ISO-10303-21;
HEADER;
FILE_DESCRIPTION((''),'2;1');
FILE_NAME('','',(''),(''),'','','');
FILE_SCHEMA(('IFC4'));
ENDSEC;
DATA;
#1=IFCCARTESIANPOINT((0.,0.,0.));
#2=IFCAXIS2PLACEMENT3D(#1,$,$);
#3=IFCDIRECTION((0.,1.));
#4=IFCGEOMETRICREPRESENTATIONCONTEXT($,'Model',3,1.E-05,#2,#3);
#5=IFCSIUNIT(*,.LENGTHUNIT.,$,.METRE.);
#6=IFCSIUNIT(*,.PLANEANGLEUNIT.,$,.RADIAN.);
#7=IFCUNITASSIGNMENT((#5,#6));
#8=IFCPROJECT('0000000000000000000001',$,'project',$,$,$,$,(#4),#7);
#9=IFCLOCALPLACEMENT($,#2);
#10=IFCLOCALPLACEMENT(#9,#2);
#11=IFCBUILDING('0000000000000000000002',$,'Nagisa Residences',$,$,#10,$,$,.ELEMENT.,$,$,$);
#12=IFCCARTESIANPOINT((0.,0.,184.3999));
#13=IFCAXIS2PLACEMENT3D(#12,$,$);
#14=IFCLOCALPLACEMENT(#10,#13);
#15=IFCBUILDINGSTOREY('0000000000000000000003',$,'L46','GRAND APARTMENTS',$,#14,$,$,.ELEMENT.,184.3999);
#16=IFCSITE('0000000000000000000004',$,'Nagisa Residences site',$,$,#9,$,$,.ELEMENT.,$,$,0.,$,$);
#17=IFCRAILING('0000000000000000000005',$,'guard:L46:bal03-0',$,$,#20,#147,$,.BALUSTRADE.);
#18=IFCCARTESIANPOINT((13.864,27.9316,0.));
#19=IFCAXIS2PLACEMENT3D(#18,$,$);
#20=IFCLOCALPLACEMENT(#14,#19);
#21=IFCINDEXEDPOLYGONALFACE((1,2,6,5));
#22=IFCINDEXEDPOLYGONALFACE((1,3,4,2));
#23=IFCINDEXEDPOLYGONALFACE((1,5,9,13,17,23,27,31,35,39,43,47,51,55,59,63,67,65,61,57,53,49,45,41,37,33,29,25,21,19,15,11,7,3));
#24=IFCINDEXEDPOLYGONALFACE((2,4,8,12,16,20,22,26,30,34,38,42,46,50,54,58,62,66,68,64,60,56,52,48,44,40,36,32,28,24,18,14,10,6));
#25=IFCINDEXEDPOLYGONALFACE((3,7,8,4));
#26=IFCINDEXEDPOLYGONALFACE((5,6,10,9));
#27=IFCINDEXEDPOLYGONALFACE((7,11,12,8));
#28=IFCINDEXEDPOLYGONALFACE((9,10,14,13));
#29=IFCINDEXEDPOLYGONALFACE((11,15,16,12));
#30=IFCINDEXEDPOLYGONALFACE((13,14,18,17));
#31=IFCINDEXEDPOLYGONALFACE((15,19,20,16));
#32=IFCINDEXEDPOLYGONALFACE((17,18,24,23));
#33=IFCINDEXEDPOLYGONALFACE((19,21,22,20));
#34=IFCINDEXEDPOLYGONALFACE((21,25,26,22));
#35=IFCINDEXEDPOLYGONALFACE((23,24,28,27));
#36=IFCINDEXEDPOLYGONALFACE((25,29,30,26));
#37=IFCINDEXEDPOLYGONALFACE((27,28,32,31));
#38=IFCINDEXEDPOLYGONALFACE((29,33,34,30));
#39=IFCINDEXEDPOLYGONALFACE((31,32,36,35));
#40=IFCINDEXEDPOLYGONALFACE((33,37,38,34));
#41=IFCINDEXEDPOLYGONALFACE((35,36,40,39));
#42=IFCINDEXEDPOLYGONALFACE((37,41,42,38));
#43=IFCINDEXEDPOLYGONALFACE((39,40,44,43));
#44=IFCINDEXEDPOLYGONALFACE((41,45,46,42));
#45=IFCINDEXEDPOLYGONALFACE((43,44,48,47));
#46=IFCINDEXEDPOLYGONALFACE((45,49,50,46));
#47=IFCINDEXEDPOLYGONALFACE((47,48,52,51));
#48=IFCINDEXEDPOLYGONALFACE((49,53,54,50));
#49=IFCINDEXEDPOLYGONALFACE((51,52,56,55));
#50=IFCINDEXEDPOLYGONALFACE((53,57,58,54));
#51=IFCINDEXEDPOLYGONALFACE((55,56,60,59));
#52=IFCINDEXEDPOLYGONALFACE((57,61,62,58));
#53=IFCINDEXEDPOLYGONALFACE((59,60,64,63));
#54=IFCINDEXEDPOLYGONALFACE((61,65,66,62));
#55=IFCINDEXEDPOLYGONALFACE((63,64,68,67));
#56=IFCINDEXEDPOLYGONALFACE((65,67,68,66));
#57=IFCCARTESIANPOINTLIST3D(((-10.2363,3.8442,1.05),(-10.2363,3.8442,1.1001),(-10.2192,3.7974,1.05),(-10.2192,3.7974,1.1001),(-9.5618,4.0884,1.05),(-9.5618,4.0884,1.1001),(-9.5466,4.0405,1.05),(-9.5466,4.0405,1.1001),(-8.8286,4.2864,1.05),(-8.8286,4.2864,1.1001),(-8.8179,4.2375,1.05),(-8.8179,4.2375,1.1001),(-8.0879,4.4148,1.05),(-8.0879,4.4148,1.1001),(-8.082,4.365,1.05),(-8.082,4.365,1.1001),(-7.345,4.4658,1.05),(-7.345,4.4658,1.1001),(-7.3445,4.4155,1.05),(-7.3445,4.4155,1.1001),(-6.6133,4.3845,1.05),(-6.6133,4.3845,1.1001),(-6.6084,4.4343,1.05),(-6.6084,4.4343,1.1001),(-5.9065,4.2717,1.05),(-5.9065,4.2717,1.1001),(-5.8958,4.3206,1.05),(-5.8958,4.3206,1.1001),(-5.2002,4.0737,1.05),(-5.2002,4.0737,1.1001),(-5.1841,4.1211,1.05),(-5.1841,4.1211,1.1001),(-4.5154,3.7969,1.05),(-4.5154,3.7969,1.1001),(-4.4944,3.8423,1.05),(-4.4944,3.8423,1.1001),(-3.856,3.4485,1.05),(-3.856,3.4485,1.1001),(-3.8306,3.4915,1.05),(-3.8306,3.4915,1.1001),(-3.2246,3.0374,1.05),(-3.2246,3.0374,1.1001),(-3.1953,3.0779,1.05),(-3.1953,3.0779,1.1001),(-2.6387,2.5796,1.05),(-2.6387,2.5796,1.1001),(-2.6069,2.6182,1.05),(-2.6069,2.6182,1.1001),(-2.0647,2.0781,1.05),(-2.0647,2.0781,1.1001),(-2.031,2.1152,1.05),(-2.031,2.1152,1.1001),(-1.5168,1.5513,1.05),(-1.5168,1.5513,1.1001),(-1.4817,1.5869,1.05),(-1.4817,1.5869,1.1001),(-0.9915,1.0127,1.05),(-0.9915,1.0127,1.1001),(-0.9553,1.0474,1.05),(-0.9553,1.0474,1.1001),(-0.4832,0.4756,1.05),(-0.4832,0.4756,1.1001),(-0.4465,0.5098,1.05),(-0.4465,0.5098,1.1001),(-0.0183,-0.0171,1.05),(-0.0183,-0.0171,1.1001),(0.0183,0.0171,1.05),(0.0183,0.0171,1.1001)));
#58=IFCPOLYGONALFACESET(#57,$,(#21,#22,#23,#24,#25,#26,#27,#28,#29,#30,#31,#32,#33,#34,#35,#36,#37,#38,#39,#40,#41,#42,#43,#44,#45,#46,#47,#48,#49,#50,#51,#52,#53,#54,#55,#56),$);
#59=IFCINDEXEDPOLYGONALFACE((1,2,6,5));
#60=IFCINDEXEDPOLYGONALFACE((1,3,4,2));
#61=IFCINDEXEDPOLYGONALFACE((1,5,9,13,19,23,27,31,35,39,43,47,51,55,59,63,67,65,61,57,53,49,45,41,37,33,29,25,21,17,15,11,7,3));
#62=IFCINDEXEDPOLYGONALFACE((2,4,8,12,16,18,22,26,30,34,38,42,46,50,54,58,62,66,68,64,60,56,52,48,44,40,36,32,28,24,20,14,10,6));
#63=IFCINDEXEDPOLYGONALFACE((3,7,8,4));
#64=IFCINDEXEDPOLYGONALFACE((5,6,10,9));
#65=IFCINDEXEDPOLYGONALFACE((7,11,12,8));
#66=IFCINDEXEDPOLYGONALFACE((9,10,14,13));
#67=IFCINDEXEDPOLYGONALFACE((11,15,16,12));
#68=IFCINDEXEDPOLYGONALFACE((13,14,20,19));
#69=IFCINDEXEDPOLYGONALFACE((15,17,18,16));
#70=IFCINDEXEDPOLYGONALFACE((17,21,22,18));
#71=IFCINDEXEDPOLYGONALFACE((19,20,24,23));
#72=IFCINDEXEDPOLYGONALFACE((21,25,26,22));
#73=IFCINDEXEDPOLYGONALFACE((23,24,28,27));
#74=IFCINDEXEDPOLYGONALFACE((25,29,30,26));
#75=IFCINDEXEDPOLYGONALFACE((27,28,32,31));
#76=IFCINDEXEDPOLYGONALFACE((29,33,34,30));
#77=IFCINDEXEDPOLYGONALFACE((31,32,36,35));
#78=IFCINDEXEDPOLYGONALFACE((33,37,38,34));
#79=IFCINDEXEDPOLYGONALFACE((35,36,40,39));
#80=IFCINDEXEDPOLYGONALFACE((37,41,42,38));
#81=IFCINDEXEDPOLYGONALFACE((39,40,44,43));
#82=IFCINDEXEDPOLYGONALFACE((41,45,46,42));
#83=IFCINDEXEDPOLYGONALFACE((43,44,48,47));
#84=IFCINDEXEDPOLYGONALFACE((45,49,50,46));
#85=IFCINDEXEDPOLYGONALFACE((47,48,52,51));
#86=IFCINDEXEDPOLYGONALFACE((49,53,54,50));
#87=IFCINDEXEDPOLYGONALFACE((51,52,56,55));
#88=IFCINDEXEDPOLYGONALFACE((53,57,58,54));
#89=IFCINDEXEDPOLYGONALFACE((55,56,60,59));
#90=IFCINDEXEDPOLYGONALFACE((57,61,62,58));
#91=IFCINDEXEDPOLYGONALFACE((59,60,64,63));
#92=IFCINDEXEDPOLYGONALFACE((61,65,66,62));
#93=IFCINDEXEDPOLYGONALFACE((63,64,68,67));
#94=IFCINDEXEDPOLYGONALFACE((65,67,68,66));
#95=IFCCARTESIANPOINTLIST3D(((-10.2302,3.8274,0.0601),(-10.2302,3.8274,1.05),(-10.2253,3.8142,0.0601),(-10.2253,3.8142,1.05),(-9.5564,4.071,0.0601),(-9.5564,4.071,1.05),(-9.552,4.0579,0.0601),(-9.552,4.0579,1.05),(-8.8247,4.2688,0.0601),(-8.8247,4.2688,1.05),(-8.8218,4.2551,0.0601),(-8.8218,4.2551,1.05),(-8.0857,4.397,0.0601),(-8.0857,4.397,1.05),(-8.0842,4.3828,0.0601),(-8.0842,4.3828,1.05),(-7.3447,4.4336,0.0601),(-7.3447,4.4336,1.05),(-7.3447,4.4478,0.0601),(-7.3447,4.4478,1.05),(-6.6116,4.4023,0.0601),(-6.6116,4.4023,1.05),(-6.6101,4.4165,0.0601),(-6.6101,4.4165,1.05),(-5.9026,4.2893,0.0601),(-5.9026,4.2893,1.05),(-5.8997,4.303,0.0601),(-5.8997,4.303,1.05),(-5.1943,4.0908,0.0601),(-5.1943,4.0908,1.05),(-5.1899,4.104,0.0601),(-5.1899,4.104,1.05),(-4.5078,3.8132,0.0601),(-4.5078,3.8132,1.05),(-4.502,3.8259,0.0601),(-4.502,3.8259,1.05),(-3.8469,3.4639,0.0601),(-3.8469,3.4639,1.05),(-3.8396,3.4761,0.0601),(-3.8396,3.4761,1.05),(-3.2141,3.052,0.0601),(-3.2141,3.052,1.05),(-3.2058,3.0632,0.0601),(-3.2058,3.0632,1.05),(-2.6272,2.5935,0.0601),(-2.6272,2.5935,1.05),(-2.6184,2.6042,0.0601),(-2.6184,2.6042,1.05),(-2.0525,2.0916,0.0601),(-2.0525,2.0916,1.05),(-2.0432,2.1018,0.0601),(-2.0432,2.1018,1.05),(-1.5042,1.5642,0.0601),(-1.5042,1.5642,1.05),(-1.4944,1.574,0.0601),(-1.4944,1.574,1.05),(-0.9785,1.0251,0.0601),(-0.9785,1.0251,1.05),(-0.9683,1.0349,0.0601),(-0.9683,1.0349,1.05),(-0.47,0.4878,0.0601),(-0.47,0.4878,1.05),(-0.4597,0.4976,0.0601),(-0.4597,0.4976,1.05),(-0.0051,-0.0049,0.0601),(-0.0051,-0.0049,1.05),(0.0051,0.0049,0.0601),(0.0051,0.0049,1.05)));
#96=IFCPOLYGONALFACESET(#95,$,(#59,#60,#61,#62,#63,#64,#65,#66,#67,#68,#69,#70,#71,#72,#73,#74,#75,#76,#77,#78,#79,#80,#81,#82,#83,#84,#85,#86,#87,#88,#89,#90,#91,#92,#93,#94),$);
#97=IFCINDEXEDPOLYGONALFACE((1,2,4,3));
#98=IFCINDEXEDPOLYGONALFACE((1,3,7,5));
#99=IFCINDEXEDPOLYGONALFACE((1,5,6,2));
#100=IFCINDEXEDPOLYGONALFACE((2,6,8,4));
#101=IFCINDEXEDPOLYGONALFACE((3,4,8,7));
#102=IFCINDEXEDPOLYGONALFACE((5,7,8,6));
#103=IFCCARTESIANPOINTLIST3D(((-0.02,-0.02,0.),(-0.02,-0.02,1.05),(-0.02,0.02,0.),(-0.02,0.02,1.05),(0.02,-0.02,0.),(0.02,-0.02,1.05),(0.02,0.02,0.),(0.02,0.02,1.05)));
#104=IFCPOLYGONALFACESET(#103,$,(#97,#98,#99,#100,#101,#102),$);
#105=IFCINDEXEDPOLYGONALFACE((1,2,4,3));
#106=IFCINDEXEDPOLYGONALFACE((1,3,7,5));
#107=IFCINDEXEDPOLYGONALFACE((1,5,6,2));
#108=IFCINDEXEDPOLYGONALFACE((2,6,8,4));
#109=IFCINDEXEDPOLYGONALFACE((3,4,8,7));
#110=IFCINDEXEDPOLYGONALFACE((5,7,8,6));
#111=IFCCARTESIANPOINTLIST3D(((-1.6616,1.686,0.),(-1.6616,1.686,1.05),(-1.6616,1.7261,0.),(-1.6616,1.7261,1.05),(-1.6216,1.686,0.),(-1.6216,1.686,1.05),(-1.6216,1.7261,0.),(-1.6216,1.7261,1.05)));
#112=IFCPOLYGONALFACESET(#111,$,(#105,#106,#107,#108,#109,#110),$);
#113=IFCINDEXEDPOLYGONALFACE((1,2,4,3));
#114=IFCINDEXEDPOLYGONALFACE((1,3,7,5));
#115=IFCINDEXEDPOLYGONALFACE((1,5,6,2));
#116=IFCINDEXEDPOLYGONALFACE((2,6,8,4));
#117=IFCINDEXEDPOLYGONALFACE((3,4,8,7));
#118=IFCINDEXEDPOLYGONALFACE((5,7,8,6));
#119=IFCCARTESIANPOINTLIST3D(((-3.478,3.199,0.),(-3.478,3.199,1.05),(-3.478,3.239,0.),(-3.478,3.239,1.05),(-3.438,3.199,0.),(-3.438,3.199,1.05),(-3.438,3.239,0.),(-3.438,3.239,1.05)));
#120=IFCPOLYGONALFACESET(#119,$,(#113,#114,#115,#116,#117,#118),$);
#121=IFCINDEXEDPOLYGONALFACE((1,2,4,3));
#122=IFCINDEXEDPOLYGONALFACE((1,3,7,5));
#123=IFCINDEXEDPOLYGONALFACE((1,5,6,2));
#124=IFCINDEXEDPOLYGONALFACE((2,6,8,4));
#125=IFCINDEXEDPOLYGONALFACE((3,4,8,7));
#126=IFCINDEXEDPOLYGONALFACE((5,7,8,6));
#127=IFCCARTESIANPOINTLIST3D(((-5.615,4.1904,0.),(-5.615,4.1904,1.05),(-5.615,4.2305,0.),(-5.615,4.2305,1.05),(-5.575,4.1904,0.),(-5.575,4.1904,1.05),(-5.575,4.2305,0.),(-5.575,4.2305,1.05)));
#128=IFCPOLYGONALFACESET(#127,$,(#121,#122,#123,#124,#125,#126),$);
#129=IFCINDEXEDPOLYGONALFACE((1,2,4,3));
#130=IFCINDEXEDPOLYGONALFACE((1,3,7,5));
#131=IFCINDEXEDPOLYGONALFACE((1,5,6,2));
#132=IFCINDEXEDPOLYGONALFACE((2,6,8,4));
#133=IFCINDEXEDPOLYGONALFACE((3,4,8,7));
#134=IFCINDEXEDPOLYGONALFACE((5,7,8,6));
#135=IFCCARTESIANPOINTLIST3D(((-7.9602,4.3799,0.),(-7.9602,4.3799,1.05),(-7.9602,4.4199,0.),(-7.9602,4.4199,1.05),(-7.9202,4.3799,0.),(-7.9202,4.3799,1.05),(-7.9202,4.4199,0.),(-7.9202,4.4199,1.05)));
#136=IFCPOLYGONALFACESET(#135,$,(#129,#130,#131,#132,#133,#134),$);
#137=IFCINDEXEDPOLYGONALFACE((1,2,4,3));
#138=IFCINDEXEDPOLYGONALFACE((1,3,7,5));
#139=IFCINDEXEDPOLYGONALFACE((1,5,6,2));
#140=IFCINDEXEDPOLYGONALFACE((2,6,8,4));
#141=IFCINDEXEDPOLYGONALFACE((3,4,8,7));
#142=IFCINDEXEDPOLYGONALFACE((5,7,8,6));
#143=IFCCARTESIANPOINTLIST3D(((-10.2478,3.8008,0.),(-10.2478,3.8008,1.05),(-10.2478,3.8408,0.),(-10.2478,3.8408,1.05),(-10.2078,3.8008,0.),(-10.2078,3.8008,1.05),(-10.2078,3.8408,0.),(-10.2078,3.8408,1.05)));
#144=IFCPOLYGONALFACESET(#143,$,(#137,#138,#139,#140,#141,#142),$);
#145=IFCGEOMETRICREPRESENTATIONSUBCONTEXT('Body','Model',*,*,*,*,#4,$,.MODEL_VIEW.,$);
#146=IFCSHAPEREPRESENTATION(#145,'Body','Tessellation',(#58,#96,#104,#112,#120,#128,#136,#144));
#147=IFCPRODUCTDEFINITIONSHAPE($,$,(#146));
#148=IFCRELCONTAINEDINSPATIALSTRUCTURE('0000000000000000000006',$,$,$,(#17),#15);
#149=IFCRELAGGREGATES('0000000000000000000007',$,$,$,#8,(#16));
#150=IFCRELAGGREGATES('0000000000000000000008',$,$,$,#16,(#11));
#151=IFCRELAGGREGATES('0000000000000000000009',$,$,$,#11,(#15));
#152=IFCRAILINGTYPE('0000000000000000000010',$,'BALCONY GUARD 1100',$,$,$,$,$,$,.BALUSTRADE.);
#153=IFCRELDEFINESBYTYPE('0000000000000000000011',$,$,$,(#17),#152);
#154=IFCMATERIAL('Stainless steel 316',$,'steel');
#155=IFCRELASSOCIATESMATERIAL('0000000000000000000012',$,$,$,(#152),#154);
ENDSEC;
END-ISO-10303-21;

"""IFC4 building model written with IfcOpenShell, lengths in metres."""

from ifc_helpers import new_model, si_unit, direction, frame, origin, origin_2d, place, context, subcontext, project, spatial, polyline, rectangle, outline, extrude, material, type_object, element, save


model = new_model("IFC4")

# Units and contexts
model_context = context("Model", 3, precision=1e-05, world=origin(), true_north=direction((0.0, 1.0)))
body_context = subcontext(model_context, "Body", "Model", "MODEL_VIEW")
ifc_project = project(units=[si_unit("LENGTHUNIT", "METRE"), si_unit("PLANEANGLEUNIT", "RADIAN")], contexts=[model_context])

# Site, building, storey
site_placement = place(None, origin())
site = spatial("IfcSite", under=ifc_project, at=site_placement, Name="Nagisa Residences site", CompositionType="ELEMENT", RefElevation=0.0)
building_placement = place(site_placement, origin())
building = spatial("IfcBuilding", under=site, at=building_placement, Name="Nagisa Residences", CompositionType="ELEMENT")
storey_placement = place(building_placement, frame((0.0, 0.0, 184.3999)))
storey = spatial("IfcBuildingStorey", under=building, at=storey_placement, Name="L46", Description="GRAND APARTMENTS", CompositionType="ELEMENT", Elevation=184.3999)

# Railing
ifc_material_1 = material(Name="Stainless steel 316", Category="steel")
railing_type = type_object("IfcRailingType", Name="BALCONY GUARD 1100", PredefinedType="BALUSTRADE", material=ifc_material_1)
railing_1_placement = place(storey_placement, frame((13.864, 27.9316, 0.0)))
element("IfcRailing", 1, at=railing_1_placement, inside=storey, type_object=railing_type, Name="guard:L46:bal03-0", PredefinedType="BALUSTRADE", context=body_context, shape_type="SweptSolid", body=[
    extrude(outline(polyline([(-0.4832, 0.4756), (-0.0183, -0.0171), (0.0183, 0.0171), (-0.4465, 0.5098), (-0.9553, 1.0474), (-1.4817, 1.5869), (-2.031, 2.1152), (-2.6069, 2.6182), (-3.1953, 3.0779), (-3.8306, 3.4915), (-4.4944, 3.8423), (-5.1841, 4.1211), (-5.8958, 4.3206), (-6.6084, 4.4343), (-7.345, 4.4658), (-8.0879, 4.4148), (-8.8286, 4.2864), (-9.5618, 4.0884), (-10.2363, 3.8442), (-10.2192, 3.7974), (-9.5466, 4.0405), (-8.8179, 4.2375), (-8.082, 4.365), (-7.3445, 4.4155), (-6.6133, 4.3845), (-5.9065, 4.2717), (-5.2002, 4.0737), (-4.5154, 3.7969), (-3.856, 3.4485), (-3.2246, 3.0374), (-2.6387, 2.5796), (-2.0647, 2.0781), (-1.5168, 1.5513), (-0.9915, 1.0127), (-0.4832, 0.4756)])), frame((0.0, 0.0, 1.05)), (0.0, 0.0, 1.0), 0.05),
    extrude(outline(polyline([(-0.47, 0.4878), (-0.0051, -0.0049), (0.0051, 0.0049), (-0.4597, 0.4976), (-0.9683, 1.0349), (-1.4944, 1.574), (-2.0432, 2.1018), (-2.6184, 2.6042), (-3.2058, 3.0632), (-3.8396, 3.4761), (-4.502, 3.8259), (-5.1899, 4.104), (-5.8997, 4.303), (-6.6101, 4.4165), (-7.3447, 4.4478), (-8.0857, 4.397), (-8.8247, 4.2688), (-9.5564, 4.071), (-10.2302, 3.8274), (-10.2253, 3.8142), (-9.552, 4.0579), (-8.8218, 4.2551), (-8.0842, 4.3828), (-7.3447, 4.4336), (-6.6116, 4.4023), (-5.9026, 4.2893), (-5.1943, 4.0908), (-4.5078, 3.8132), (-3.8469, 3.4639), (-3.2141, 3.052), (-2.6272, 2.5935), (-2.0525, 2.0916), (-1.5042, 1.5642), (-0.9785, 1.0251), (-0.47, 0.4878)])), frame((0.0, 0.0, 0.0601)), (0.0, 0.0, 1.0), 0.99),
    extrude(rectangle(XDim=0.04, YDim=0.04, at=origin_2d()), origin(), (0.0, 0.0, 1.0), 1.05),
    extrude(rectangle(XDim=0.04, YDim=0.04, at=origin_2d()), frame((-1.6416, 1.7061, 0.0)), (0.0, 0.0, 1.0), 1.05),
    extrude(rectangle(XDim=0.04, YDim=0.04, at=origin_2d()), frame((-3.458, 3.219, 0.0)), (0.0, 0.0, 1.0), 1.05),
    extrude(rectangle(XDim=0.04, YDim=0.04, at=origin_2d()), frame((-5.595, 4.2104, 0.0)), (0.0, 0.0, 1.0), 1.05),
    extrude(rectangle(XDim=0.04, YDim=0.04, at=origin_2d()), frame((-7.9402, 4.3999, 0.0)), (0.0, 0.0, 1.0), 1.05),
    extrude(rectangle(XDim=0.04, YDim=0.04, at=origin_2d()), frame((-10.2278, 3.8208, 0.0)), (0.0, 0.0, 1.0), 1.05),
])

save(model, "model.ifc")
